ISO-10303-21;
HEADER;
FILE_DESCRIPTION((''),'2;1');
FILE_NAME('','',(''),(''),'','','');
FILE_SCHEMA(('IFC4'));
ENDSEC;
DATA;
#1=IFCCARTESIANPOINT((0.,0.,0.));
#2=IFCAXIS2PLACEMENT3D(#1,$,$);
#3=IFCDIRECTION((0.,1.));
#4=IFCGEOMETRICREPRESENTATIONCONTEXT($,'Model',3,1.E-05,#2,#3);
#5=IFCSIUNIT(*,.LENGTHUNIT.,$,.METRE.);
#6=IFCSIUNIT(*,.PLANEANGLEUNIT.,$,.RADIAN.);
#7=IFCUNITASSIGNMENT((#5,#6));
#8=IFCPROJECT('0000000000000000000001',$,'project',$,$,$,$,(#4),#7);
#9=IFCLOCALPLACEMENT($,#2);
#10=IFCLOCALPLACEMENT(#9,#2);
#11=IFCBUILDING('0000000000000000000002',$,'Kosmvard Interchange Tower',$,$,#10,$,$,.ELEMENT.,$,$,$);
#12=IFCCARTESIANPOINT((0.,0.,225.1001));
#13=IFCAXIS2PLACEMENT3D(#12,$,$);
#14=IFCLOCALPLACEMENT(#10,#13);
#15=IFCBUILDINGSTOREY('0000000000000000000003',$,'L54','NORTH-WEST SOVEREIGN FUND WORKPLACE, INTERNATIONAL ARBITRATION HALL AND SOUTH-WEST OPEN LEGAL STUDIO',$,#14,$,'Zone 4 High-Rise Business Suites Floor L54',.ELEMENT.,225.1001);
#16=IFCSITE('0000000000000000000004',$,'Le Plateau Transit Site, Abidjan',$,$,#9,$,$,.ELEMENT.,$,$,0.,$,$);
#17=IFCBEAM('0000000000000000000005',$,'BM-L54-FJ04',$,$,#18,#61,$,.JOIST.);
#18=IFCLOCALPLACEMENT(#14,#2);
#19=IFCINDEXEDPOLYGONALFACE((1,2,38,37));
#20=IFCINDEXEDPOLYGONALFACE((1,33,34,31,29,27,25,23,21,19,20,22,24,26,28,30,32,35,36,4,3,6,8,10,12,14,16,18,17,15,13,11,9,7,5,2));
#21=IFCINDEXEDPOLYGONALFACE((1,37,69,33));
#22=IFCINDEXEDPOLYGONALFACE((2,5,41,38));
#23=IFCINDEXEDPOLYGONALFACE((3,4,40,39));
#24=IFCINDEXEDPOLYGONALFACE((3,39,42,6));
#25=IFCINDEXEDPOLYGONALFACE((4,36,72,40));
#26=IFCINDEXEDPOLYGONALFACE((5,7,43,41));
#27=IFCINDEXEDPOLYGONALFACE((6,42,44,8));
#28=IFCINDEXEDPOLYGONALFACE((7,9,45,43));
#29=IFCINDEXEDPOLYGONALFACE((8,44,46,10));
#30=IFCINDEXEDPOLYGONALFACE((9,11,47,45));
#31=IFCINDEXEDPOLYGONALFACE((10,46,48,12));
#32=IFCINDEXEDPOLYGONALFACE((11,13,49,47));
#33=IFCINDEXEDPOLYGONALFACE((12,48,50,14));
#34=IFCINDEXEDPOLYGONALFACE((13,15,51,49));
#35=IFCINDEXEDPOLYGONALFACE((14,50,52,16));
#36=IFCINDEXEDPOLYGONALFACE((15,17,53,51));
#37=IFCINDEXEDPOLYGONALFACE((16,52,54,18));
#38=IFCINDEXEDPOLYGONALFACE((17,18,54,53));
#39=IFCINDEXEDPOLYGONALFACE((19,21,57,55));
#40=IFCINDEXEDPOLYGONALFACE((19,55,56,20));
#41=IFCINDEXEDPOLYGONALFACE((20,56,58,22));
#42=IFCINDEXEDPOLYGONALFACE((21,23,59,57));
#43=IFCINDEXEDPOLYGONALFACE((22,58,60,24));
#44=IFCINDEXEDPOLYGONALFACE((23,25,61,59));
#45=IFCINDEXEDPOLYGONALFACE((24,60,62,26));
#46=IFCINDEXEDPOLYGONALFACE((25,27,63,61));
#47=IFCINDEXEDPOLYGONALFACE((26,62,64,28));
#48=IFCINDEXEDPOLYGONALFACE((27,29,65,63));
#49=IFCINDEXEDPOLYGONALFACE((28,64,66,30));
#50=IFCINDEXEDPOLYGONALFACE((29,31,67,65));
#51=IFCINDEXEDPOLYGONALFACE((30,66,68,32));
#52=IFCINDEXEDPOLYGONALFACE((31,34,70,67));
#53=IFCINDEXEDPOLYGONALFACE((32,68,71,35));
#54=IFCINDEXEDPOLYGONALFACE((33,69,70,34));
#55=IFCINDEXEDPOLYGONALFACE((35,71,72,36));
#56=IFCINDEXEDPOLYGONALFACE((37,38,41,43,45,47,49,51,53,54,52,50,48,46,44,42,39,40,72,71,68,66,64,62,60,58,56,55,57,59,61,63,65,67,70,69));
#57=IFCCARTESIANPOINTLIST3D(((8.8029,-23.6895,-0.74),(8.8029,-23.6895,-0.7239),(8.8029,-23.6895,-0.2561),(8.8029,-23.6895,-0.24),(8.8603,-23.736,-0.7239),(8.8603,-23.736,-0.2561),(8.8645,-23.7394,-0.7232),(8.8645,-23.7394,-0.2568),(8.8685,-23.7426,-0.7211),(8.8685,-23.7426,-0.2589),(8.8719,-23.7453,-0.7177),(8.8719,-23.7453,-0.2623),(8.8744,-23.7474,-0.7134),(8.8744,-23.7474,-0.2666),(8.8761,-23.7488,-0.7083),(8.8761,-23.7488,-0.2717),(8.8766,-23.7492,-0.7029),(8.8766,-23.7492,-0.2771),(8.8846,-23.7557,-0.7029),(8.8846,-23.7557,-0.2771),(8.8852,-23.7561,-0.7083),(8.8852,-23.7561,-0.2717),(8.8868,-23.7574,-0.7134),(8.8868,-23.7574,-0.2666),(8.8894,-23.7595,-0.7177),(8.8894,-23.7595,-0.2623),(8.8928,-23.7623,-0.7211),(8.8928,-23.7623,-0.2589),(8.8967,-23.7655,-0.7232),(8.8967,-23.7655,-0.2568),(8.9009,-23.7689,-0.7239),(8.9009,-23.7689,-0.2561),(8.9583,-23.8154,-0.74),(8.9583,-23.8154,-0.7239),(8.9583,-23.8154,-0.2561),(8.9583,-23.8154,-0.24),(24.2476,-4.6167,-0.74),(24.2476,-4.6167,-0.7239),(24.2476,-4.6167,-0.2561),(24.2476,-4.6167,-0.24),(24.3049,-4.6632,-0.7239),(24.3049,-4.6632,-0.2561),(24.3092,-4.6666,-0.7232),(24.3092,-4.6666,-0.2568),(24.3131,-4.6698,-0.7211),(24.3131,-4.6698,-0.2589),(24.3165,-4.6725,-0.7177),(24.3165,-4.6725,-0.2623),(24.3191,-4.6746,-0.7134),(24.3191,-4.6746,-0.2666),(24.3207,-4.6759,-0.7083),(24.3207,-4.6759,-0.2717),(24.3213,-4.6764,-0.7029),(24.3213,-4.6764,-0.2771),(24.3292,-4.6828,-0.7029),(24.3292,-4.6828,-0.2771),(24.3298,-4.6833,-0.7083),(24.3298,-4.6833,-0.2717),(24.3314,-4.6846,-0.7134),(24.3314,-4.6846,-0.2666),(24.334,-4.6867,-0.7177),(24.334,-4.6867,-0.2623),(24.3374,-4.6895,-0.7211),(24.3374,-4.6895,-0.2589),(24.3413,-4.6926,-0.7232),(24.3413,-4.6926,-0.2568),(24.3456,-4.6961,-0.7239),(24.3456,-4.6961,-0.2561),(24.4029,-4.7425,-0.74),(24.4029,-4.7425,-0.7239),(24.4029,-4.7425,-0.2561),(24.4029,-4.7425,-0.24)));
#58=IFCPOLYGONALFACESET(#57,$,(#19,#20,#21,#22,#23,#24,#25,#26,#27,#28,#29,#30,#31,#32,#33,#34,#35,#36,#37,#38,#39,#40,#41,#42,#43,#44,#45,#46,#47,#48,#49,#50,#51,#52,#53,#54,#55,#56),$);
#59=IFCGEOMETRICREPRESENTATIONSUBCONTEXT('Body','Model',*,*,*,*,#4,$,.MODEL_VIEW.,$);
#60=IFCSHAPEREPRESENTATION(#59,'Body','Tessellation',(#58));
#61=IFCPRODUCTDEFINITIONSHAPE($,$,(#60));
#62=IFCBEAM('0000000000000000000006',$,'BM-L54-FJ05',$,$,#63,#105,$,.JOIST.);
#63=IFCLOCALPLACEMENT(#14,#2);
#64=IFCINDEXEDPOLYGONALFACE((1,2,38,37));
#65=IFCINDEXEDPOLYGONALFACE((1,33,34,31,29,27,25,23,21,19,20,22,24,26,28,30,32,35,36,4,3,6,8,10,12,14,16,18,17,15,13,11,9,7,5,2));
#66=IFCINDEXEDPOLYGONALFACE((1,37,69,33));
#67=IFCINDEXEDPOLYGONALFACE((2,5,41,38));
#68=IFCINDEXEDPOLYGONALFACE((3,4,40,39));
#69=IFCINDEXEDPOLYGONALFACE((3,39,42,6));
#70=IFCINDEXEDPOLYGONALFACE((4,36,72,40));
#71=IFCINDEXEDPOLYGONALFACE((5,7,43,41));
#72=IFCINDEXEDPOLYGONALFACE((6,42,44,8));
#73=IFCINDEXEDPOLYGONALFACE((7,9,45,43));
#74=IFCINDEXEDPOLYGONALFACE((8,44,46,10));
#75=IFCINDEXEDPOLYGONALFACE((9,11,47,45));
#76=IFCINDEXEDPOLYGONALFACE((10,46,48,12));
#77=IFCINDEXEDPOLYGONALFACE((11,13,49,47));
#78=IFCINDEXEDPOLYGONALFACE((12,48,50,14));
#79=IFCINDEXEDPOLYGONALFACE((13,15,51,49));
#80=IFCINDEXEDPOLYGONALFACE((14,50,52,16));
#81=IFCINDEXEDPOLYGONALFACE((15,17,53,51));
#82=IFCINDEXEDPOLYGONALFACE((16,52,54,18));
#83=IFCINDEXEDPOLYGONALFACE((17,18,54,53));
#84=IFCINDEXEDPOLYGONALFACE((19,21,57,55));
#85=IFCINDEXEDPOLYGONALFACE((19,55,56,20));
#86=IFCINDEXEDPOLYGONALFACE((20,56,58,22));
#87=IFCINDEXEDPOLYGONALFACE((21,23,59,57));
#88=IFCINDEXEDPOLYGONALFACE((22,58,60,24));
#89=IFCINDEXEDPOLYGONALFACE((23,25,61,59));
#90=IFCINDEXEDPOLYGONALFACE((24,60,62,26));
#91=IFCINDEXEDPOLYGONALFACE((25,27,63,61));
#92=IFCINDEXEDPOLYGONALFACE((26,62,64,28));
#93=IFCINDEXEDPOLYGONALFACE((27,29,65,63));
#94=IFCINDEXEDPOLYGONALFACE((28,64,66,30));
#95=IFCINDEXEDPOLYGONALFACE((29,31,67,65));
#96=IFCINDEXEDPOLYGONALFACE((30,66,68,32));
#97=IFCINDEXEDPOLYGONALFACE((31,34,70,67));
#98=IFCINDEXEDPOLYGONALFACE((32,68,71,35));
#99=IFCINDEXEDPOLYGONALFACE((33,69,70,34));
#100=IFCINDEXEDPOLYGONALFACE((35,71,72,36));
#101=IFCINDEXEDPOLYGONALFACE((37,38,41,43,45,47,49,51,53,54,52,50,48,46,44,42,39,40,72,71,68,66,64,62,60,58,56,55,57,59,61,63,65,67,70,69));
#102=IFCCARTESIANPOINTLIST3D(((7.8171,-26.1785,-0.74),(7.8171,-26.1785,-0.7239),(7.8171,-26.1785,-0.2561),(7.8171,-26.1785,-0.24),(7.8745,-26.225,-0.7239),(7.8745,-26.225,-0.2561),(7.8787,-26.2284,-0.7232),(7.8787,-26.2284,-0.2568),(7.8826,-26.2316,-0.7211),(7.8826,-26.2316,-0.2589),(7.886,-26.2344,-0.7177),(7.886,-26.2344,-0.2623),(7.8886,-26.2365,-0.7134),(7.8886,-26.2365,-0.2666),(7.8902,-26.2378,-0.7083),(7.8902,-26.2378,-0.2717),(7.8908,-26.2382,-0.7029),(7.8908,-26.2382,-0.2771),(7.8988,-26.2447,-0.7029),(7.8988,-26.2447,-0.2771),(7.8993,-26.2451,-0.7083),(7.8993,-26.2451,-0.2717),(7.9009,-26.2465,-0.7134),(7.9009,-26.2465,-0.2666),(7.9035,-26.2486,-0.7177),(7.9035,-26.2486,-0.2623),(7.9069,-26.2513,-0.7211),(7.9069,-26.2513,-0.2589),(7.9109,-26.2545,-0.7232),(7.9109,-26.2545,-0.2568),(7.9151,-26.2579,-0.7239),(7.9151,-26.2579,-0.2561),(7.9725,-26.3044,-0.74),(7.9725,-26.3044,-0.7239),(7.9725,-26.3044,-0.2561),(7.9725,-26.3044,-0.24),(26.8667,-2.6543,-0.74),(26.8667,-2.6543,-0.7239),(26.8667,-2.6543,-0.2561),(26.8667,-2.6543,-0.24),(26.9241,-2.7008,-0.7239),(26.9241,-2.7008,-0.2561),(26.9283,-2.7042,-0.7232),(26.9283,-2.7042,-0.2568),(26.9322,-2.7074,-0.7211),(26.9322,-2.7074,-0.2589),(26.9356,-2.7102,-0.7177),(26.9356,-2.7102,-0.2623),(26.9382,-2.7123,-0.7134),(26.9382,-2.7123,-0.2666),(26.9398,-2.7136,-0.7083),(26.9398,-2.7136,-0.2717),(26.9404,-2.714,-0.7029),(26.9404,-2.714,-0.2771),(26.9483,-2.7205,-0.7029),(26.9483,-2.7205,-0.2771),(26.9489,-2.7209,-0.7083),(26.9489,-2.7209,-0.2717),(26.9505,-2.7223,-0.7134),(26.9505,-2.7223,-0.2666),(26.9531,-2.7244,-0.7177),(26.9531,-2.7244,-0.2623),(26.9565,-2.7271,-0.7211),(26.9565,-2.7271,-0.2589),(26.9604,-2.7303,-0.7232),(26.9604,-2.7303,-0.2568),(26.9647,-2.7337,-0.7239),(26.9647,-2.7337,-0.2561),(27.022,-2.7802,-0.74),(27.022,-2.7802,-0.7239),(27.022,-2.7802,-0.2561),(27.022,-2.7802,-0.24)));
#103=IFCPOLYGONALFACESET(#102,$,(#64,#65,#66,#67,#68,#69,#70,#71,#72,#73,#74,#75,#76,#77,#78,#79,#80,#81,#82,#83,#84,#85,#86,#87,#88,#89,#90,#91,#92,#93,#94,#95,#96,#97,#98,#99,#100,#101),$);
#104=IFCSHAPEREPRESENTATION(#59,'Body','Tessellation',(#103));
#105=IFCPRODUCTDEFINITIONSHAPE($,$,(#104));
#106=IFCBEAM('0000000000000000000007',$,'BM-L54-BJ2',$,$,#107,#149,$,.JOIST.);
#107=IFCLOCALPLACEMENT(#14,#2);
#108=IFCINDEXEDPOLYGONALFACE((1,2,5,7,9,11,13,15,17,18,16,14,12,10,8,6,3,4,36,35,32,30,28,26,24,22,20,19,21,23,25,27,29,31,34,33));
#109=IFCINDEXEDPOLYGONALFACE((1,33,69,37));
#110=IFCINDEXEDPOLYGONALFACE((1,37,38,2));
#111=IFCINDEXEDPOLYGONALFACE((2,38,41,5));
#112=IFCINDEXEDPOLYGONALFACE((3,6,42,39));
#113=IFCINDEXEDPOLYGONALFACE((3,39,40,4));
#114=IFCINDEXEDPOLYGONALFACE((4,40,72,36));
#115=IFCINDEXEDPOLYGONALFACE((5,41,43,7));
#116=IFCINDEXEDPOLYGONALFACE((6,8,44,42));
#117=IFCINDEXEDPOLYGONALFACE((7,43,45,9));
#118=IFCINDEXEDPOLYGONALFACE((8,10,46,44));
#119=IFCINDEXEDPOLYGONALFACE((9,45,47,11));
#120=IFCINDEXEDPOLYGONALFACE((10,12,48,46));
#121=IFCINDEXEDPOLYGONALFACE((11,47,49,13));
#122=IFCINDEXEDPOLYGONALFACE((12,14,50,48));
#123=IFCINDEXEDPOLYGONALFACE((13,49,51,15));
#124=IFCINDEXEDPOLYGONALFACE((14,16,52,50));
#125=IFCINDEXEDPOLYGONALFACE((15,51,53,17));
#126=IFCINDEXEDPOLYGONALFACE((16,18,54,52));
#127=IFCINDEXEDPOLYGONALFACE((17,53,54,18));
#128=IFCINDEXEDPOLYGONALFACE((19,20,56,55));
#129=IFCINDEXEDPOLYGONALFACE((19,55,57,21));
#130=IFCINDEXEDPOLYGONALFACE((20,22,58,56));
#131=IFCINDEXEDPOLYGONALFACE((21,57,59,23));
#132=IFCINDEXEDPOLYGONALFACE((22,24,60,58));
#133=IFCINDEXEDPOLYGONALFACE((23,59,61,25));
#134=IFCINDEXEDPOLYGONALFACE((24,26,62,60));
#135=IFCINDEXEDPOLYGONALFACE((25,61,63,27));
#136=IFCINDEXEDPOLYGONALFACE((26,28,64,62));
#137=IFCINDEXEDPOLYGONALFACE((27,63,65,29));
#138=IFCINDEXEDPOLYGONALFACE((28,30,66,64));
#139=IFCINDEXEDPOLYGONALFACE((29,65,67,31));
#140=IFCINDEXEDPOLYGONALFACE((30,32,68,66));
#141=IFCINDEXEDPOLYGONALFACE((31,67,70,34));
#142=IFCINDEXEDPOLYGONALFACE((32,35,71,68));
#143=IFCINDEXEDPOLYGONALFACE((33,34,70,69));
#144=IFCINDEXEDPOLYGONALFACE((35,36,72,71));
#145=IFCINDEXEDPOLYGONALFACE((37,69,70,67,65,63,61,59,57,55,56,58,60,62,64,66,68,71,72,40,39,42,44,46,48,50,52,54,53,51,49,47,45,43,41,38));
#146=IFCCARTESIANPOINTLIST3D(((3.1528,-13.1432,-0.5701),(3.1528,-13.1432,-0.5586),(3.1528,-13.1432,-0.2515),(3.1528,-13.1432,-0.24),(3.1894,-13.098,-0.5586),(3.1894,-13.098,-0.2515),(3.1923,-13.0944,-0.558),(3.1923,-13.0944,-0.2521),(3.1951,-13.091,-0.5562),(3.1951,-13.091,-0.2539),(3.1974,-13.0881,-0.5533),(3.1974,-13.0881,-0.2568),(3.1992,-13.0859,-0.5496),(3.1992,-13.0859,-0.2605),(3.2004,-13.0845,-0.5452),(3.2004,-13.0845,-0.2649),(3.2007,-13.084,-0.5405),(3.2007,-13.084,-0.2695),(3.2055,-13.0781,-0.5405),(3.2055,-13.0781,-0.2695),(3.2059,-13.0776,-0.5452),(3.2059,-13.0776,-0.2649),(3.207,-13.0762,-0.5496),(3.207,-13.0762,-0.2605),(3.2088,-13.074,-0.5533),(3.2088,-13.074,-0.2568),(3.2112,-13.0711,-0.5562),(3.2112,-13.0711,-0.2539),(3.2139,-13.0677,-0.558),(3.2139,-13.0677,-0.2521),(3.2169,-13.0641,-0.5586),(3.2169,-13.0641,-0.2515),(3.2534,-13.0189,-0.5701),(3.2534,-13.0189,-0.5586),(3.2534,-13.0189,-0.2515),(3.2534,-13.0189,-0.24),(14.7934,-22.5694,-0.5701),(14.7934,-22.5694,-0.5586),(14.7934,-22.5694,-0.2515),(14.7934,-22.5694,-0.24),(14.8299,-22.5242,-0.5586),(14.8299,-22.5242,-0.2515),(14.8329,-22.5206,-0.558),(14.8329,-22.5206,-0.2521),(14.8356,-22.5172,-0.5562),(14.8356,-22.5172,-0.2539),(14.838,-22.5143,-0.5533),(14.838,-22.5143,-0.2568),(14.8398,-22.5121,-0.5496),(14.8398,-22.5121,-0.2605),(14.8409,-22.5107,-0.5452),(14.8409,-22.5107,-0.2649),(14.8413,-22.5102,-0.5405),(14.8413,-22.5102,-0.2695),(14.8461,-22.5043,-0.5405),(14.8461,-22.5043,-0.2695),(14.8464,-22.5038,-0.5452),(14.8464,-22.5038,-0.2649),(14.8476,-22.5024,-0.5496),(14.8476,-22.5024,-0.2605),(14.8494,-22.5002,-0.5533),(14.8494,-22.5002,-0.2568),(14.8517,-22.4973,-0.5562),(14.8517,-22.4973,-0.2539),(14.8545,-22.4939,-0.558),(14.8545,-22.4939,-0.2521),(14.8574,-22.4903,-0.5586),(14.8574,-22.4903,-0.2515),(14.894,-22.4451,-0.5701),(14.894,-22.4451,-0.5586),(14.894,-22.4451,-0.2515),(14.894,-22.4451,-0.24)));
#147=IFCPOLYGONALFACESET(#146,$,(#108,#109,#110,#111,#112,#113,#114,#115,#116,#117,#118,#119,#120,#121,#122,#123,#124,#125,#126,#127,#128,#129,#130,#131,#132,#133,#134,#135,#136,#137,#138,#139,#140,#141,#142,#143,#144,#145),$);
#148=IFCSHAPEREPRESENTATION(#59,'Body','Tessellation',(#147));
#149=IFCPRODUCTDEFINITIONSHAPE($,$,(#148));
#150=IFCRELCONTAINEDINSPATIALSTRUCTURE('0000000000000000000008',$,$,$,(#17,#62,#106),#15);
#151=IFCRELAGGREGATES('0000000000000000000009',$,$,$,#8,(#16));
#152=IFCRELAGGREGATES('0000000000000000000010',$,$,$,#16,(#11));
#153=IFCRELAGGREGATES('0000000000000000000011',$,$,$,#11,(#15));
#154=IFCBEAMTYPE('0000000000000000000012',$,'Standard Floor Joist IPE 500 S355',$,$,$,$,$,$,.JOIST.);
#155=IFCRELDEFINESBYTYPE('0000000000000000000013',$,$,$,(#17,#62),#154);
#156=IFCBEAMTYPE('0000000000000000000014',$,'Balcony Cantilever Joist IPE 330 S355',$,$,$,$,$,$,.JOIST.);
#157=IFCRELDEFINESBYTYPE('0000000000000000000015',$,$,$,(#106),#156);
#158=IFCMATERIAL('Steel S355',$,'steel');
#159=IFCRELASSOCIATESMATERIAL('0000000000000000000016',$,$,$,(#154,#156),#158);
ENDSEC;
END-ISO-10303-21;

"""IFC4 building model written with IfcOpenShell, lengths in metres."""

from ifc_helpers import new_model, si_unit, direction, frame, origin, origin_2d, place, context, subcontext, project, spatial, i_section, extrude, source, transform, mapped, material, material_profile, profile_set, type_object, element, save


model = new_model("IFC4")

# Units and contexts
model_context = context("Model", 3, precision=1e-05, world=origin(), true_north=direction((0.0, 1.0)))
body_context = subcontext(model_context, "Body", "Model", "MODEL_VIEW")
ifc_project = project(units=[si_unit("LENGTHUNIT", "METRE"), si_unit("PLANEANGLEUNIT", "RADIAN")], contexts=[model_context])

# Site, building, storey
site_placement = place(None, origin())
site = spatial("IfcSite", under=ifc_project, at=site_placement, Name="Le Plateau Transit Site, Abidjan", CompositionType="ELEMENT", RefElevation=0.0)
building_placement = place(site_placement, origin())
building = spatial("IfcBuilding", under=site, at=building_placement, Name="Kosmvard Interchange Tower", CompositionType="ELEMENT")
storey_placement = place(building_placement, frame((0.0, 0.0, 225.1001)))
storey = spatial("IfcBuildingStorey", under=building, at=storey_placement, Name="L54", Description="NORTH-WEST SOVEREIGN FUND WORKPLACE, INTERNATIONAL ARBITRATION HALL AND SOUTH-WEST OPEN LEGAL STUDIO", LongName="Zone 4 High-Rise Business Suites Floor L54", CompositionType="ELEMENT", Elevation=225.1001)

# Beams
ifc_material_1 = material(Name="Steel S355", Category="steel")
ifc_material_profile_1 = material_profile(ifc_material_1, i_section(OverallWidth=0.2, OverallDepth=0.5, WebThickness=0.0103, FlangeThickness=0.0161, FilletRadius=0.021, at=origin_2d()), Name="IPE 500")
ifc_profile_set_1 = profile_set([ifc_material_profile_1], Name="Steel S355")
beam_type_1 = type_object("IfcBeamType", Name="Standard Floor Joist IPE 500 S355", PredefinedType="JOIST", material=ifc_profile_set_1)
shared_shape_1 = source(origin(), body_context, "Body", "SweptSolid", [
    extrude(i_section(OverallWidth=0.2, OverallDepth=0.5, WebThickness=0.0103, FlangeThickness=0.0161, FilletRadius=0.021, at=origin_2d()), origin(), (0.0, 0.0, 1.0), 24.542),
])
beam_1_placement = place(storey_placement, frame((8.8806, -23.7524, -0.49), z_axis=(0.629315, 0.777151, 0.0), x_axis=(-0.777151, 0.629315, 0.0)))
element("IfcBeam", 1, at=beam_1_placement, inside=storey, type_object=beam_type_1, Name="BM-L54-FJ04", PredefinedType="JOIST", context=body_context, shape_type="MappedRepresentation", body=[
    mapped(shared_shape_1, transform((0.0, 0.0, 0.0), scale=1.0)),
])
shared_shape_2 = source(origin(), body_context, "Body", "SweptSolid", [
    extrude(i_section(OverallWidth=0.2, OverallDepth=0.5, WebThickness=0.0103, FlangeThickness=0.0161, FilletRadius=0.021, at=origin_2d()), origin(), (0.0, 0.0, 1.0), 30.27),
])
beam_2_placement = place(storey_placement, frame((7.8948, -26.2415, -0.49), z_axis=(0.629322, 0.777145, 0.0), x_axis=(-0.777145, 0.629322, 0.0)))
element("IfcBeam", 2, at=beam_2_placement, inside=storey, type_object=beam_type_1, Name="BM-L54-FJ05", PredefinedType="JOIST", context=body_context, shape_type="MappedRepresentation", body=[
    mapped(shared_shape_2, transform((0.0, 0.0, 0.0), scale=1.0)),
])
ifc_material_profile_2 = material_profile(ifc_material_1, i_section(OverallWidth=0.1599, OverallDepth=0.3301, WebThickness=0.0076, FlangeThickness=0.0115, FilletRadius=0.0181, at=origin_2d()), Name="IPE 330")
ifc_profile_set_2 = profile_set([ifc_material_profile_2], Name="Steel S355")
beam_type_2 = type_object("IfcBeamType", Name="Balcony Cantilever Joist IPE 330 S355", PredefinedType="JOIST", material=ifc_profile_set_2)
shared_shape_3 = source(origin(), body_context, "Body", "SweptSolid", [
    extrude(i_section(OverallWidth=0.1599, OverallDepth=0.3301, WebThickness=0.0076, FlangeThickness=0.0115, FilletRadius=0.0181, at=origin_2d()), origin(), (0.0, 0.0, 1.0), 14.9785),
])
beam_3_placement = place(storey_placement, frame((3.2031, -13.0811, -0.405), z_axis=(0.77715, -0.629315, 0.0), x_axis=(0.629315, 0.77715, 0.0)))
element("IfcBeam", 3, at=beam_3_placement, inside=storey, type_object=beam_type_2, Name="BM-L54-BJ2", PredefinedType="JOIST", context=body_context, shape_type="MappedRepresentation", body=[
    mapped(shared_shape_3, transform((0.0, 0.0, 0.0), scale=1.0)),
])

save(model, "model.ifc")
